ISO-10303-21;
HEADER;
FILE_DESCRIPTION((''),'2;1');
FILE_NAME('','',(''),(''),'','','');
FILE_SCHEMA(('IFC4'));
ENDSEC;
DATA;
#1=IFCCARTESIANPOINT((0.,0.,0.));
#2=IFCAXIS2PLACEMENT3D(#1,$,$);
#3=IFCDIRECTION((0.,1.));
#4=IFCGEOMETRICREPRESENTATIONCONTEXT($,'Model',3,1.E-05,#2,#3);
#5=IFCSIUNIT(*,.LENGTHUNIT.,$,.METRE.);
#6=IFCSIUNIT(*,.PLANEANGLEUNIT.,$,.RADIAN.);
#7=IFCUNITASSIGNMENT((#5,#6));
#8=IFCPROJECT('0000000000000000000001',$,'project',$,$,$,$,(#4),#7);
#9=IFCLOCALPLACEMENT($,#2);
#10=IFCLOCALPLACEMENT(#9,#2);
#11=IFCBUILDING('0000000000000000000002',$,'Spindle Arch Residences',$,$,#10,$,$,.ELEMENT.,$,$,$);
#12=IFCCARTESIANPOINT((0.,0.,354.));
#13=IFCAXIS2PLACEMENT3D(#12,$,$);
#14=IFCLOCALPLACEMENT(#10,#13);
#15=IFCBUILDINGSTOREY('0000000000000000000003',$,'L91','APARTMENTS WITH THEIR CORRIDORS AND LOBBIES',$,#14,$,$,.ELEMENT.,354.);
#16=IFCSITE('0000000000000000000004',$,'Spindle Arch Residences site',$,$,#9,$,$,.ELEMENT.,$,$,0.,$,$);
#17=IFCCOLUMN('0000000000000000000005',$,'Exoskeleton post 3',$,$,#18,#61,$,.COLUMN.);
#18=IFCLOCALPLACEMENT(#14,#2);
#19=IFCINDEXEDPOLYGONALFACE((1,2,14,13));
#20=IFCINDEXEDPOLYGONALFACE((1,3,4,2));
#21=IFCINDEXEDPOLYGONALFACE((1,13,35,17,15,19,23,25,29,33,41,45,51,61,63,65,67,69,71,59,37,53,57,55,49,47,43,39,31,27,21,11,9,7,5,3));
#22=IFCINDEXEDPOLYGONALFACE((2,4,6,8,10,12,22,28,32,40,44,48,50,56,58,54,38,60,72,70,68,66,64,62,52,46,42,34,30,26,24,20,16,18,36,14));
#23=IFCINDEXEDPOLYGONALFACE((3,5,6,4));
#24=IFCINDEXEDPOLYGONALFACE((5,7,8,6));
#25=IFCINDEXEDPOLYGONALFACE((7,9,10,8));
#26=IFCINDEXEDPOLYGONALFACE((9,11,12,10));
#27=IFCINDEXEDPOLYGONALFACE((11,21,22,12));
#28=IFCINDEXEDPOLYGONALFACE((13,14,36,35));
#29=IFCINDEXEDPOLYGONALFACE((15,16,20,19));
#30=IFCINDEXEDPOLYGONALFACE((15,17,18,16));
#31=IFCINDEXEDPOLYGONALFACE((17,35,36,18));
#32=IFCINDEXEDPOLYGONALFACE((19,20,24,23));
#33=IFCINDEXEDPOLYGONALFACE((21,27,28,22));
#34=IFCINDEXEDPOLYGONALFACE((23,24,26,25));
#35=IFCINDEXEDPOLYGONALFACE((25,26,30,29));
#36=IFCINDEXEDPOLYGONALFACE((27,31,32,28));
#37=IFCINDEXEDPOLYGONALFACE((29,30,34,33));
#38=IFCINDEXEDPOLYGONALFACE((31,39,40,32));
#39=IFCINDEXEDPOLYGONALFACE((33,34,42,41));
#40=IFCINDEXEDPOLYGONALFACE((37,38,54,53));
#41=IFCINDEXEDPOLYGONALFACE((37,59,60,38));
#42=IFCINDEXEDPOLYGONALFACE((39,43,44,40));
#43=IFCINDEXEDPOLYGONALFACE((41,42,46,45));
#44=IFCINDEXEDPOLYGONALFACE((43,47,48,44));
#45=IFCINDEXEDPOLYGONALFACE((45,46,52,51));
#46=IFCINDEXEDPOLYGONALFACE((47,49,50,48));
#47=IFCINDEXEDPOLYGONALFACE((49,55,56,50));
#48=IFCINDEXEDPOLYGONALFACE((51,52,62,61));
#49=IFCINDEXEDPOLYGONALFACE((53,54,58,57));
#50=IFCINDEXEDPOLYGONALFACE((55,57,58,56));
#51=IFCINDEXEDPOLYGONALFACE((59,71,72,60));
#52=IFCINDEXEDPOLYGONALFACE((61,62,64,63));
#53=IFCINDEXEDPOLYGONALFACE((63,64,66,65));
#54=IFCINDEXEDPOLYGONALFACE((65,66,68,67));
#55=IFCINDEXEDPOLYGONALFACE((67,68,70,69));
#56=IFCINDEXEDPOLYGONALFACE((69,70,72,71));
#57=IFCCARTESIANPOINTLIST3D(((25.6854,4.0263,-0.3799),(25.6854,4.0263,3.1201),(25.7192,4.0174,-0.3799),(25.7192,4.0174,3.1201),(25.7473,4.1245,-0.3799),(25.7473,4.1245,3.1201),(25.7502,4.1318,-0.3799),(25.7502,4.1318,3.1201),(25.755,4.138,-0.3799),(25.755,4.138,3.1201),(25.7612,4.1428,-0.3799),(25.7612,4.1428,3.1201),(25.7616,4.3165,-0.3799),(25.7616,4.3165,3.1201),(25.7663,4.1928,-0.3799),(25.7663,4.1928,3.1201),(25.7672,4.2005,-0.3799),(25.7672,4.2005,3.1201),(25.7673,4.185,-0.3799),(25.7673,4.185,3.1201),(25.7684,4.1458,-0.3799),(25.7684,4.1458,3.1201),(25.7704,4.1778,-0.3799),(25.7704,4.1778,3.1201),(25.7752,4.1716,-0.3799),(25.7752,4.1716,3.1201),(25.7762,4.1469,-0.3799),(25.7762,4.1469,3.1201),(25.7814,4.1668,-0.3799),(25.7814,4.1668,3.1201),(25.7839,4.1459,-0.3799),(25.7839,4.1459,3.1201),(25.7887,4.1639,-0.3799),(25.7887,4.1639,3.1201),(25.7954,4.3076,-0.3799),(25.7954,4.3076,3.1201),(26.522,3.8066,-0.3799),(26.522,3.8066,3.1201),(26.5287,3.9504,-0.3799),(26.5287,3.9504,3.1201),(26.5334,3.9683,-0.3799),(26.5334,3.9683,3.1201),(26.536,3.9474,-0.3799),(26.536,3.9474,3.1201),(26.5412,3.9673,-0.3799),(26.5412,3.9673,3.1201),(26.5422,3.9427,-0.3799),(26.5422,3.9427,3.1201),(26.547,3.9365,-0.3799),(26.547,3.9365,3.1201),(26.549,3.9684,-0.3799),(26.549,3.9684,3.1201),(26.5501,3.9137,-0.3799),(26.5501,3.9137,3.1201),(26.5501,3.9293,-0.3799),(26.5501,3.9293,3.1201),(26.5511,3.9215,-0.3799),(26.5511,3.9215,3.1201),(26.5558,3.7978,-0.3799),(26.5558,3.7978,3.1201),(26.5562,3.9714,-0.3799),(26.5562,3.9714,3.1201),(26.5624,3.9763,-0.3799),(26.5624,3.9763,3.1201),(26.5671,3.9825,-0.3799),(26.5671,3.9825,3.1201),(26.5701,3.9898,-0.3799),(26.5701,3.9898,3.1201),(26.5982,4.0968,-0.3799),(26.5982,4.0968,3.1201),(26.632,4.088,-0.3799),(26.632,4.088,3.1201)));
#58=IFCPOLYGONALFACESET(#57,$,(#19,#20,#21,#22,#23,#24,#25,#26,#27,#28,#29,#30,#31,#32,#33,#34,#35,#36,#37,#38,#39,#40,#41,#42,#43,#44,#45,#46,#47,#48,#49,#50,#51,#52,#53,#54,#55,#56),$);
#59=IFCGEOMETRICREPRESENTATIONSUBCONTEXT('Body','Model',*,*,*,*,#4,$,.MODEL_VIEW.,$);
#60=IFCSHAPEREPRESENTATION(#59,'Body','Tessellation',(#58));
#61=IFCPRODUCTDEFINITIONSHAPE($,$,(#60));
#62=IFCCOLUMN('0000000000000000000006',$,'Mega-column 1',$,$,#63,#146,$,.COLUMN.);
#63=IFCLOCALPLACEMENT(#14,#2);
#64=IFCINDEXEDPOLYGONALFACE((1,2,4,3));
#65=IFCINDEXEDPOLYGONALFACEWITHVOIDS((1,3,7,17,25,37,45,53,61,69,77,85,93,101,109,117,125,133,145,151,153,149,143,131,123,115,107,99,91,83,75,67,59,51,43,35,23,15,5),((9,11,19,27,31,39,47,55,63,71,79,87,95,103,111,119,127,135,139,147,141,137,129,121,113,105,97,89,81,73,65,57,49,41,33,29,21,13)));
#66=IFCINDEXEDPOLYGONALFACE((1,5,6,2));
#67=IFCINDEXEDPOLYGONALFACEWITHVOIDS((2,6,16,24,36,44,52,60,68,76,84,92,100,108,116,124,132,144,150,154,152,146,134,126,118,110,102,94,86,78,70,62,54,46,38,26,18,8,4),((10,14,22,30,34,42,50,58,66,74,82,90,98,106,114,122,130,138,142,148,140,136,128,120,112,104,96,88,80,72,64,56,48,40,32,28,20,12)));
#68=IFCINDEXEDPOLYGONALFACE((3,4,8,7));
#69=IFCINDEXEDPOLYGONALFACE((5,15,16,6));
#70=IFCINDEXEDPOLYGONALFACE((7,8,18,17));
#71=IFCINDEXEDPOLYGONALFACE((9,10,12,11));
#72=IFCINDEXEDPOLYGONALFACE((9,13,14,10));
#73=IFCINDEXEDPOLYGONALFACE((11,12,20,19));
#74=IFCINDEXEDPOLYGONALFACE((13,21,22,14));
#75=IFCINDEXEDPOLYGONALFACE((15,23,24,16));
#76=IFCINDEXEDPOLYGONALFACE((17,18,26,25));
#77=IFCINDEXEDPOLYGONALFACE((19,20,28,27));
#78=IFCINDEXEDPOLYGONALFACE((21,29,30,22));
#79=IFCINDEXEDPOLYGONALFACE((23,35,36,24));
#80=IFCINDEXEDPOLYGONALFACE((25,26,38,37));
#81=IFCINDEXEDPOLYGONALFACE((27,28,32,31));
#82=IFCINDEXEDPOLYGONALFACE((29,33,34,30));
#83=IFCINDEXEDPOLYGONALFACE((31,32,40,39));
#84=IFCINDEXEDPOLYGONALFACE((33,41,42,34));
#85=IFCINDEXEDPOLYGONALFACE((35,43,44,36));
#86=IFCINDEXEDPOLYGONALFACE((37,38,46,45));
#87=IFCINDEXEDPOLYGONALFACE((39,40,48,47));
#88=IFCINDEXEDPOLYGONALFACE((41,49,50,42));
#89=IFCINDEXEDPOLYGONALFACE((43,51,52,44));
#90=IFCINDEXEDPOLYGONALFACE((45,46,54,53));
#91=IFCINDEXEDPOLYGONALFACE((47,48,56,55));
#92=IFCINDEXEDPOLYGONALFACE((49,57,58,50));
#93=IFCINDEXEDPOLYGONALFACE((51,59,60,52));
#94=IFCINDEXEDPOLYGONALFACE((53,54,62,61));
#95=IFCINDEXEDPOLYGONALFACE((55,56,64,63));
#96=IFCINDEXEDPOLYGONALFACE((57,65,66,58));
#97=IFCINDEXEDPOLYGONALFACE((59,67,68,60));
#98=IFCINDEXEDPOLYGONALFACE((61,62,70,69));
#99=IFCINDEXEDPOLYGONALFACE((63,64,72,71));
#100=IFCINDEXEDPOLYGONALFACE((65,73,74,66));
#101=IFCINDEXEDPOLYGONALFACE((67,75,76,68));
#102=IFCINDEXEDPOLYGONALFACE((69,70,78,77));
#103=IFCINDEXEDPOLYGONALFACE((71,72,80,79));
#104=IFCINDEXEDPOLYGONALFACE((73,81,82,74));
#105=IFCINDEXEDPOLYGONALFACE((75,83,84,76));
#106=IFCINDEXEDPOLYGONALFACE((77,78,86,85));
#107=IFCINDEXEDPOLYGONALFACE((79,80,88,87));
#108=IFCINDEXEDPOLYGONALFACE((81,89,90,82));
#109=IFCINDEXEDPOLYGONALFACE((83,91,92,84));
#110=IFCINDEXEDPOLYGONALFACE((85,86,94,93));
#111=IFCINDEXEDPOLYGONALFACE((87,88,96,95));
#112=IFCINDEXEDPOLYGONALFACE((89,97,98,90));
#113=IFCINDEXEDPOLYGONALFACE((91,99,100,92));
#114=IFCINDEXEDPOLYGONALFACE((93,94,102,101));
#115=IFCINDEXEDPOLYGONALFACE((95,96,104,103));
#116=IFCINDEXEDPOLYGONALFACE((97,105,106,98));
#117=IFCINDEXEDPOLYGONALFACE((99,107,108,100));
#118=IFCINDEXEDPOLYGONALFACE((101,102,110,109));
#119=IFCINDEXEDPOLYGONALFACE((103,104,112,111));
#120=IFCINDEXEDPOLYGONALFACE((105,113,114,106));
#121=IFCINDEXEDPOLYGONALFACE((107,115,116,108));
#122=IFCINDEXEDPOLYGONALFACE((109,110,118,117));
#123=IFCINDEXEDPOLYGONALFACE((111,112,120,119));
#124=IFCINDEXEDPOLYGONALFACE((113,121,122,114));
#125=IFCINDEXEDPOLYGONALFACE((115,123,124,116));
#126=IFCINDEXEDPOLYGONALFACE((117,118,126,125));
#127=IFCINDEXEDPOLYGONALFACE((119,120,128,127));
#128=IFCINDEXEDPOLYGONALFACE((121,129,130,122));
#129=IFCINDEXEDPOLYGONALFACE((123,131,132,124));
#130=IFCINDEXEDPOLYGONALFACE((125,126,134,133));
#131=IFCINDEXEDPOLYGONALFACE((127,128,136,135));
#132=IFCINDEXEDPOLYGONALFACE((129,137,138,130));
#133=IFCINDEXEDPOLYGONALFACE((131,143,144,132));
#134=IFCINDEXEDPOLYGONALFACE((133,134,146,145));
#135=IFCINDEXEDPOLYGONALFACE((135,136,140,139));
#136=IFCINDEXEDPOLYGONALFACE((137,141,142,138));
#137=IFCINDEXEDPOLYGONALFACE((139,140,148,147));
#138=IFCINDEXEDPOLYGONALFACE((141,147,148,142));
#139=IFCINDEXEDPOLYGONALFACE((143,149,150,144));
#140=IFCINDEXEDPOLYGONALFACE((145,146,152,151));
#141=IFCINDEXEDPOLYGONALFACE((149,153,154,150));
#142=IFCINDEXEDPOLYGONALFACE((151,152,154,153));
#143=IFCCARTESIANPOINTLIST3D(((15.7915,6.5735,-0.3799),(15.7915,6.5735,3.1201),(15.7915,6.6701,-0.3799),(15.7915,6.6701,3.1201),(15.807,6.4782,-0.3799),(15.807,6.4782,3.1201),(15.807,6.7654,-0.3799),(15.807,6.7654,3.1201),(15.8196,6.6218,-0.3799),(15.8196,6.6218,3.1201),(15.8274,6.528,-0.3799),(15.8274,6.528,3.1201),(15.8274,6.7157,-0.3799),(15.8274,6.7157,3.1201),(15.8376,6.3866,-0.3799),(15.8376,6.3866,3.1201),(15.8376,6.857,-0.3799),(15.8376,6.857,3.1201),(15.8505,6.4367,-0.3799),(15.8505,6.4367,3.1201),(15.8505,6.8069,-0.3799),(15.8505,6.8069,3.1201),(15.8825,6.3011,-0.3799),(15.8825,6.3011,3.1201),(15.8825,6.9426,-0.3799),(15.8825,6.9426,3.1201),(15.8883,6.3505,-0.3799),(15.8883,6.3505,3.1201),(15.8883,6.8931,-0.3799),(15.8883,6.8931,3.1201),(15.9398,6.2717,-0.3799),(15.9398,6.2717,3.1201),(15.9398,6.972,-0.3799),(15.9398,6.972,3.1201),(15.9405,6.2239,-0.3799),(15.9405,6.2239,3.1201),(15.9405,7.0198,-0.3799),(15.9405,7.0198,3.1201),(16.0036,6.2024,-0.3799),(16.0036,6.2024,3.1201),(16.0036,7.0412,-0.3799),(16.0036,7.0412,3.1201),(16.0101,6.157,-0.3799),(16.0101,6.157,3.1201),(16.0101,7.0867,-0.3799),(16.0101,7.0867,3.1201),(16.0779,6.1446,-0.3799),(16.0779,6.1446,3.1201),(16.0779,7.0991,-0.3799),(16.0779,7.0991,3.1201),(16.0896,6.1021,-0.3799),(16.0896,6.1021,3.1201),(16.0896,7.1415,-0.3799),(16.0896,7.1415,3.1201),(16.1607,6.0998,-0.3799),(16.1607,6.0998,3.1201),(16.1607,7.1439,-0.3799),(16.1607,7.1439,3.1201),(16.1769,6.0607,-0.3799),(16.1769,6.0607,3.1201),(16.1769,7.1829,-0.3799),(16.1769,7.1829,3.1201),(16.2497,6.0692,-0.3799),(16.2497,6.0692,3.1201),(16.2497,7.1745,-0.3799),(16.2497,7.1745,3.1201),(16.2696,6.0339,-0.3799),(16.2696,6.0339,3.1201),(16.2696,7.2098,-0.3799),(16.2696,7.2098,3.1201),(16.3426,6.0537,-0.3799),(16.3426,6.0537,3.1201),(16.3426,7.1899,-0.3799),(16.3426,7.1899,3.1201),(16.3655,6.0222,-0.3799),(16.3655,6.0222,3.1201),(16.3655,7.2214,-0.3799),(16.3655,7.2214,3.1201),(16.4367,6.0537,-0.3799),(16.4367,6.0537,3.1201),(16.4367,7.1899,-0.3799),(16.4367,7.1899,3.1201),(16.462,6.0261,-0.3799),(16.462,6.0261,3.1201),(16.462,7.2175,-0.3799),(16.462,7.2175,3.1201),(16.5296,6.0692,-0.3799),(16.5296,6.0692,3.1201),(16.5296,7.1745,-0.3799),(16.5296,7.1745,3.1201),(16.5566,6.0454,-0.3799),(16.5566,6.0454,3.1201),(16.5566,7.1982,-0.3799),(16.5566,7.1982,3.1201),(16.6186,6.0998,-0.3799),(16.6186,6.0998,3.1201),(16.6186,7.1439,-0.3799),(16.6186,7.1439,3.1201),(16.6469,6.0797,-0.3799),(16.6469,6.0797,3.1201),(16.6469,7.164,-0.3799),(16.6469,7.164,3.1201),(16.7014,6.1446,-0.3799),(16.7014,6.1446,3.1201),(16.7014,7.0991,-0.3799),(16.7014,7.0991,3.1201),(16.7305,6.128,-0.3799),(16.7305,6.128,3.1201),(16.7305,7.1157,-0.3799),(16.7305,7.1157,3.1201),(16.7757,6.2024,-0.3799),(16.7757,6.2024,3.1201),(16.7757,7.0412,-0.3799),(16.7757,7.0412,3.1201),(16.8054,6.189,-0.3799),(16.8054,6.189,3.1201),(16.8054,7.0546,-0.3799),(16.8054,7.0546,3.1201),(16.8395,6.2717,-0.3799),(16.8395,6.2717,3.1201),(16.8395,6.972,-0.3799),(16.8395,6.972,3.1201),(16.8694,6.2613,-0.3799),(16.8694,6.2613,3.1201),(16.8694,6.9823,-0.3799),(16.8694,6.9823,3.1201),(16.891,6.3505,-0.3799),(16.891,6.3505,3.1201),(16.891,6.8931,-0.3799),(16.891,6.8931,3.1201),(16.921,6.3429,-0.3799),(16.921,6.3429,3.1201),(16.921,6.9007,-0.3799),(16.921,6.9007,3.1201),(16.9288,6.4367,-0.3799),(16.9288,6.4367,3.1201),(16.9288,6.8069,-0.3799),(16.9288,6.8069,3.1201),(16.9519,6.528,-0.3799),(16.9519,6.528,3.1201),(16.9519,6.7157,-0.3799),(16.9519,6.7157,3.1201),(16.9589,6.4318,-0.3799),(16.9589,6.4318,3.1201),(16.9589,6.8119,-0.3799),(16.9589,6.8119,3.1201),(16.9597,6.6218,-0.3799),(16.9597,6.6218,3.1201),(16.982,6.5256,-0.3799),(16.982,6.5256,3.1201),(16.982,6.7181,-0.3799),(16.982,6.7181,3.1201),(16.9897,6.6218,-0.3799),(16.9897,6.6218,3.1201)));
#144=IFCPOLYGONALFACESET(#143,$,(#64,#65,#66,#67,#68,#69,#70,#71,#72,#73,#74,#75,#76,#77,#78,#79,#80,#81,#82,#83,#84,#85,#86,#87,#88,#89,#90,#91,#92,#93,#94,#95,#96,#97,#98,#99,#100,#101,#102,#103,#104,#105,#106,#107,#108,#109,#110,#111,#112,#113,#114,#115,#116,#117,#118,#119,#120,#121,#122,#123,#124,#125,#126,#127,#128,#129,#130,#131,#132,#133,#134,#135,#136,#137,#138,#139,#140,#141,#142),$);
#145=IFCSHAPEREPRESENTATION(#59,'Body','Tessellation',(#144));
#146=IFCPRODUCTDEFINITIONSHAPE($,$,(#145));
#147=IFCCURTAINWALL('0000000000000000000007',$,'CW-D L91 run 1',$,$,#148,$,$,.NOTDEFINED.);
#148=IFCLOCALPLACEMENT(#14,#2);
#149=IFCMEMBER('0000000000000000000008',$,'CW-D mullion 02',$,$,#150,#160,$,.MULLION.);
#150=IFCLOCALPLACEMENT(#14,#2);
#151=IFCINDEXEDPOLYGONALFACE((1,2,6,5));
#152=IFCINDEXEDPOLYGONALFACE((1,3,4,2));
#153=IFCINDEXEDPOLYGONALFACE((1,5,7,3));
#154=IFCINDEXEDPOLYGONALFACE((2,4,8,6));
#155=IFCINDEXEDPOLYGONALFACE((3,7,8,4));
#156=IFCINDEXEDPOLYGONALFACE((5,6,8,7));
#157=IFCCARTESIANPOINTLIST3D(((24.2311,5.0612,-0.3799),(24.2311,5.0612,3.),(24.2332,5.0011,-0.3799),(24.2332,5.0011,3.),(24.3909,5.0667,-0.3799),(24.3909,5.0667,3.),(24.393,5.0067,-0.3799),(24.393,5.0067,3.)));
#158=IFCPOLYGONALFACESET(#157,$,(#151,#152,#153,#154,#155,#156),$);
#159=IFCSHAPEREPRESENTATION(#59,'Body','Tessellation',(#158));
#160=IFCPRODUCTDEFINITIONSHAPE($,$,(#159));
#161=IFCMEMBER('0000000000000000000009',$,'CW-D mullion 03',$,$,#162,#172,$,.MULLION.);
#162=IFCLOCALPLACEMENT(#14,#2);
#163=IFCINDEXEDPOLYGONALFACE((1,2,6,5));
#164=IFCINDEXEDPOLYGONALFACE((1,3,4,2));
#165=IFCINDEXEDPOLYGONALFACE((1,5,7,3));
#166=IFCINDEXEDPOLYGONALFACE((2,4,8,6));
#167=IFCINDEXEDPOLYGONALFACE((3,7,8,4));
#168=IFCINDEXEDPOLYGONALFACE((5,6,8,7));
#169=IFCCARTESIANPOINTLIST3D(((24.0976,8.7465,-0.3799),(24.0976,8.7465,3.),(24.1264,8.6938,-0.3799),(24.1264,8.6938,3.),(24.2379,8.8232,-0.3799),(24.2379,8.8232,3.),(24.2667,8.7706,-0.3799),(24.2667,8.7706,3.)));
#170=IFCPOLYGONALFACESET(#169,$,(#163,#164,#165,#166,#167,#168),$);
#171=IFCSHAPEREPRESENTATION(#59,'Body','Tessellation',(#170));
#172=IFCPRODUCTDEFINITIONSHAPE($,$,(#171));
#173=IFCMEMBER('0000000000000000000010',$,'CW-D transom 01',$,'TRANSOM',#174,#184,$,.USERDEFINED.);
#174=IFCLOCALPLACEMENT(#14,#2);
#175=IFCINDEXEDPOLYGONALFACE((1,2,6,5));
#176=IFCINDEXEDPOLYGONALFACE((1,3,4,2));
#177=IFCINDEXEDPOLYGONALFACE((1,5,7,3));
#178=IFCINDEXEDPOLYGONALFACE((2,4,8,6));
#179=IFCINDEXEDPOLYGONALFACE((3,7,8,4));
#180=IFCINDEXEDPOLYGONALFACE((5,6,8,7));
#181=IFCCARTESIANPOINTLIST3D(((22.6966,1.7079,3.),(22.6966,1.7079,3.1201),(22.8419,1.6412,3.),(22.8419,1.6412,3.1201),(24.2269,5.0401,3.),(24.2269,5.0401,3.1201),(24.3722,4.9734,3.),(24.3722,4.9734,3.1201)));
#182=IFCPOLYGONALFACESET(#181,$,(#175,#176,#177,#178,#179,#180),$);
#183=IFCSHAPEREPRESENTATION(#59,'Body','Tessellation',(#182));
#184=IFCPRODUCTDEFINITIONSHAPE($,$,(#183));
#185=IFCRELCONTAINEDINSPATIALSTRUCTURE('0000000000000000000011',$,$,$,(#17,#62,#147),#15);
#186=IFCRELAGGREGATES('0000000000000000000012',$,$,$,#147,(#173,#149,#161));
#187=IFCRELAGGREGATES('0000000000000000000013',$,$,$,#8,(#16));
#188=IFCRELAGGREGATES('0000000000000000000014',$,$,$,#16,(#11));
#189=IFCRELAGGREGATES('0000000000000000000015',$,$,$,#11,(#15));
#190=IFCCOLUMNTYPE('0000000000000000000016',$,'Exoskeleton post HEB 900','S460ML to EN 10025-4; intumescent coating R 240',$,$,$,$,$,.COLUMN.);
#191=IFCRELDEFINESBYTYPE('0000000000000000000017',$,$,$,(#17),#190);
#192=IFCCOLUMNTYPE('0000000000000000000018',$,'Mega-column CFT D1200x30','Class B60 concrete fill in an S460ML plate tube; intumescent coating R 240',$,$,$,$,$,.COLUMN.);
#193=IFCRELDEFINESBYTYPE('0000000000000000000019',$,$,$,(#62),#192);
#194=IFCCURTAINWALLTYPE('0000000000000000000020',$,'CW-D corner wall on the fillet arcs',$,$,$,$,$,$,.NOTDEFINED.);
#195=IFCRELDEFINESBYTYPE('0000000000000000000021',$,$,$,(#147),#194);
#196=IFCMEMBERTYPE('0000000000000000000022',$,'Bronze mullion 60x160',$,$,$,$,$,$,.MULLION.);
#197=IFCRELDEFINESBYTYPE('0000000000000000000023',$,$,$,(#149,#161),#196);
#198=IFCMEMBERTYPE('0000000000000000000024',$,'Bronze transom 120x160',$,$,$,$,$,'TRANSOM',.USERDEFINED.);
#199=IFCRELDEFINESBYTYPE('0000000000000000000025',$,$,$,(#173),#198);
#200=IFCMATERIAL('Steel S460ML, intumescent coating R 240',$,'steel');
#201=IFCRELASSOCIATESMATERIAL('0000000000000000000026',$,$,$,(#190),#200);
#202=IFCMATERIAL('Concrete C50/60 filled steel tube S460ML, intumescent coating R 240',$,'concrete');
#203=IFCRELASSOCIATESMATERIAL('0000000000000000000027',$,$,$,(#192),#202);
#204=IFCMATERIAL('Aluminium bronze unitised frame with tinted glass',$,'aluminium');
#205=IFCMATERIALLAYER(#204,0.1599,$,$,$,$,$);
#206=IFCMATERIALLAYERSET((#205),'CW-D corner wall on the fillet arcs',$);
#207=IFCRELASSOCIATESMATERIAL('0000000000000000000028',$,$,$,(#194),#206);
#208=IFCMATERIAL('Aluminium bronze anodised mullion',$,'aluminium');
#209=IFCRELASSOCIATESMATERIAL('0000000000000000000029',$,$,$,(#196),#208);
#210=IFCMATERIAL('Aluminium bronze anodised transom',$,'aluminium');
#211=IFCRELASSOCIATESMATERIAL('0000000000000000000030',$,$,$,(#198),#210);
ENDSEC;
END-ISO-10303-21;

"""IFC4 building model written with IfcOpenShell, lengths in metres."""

from ifc_helpers import new_model, si_unit, direction, frame, origin, origin_2d, place, context, subcontext, project, spatial, rectangle, hollow_circle, i_section, extrude, material, layer, layer_set, material_profile, profile_set, type_object, element, aggregate, save


model = new_model("IFC4")

# Units and contexts
model_context = context("Model", 3, precision=1e-05, world=origin(), true_north=direction((0.0, 1.0)))
body_context = subcontext(model_context, "Body", "Model", "MODEL_VIEW")
ifc_project = project(units=[si_unit("LENGTHUNIT", "METRE"), si_unit("PLANEANGLEUNIT", "RADIAN")], contexts=[model_context])

# Site, building, storey
site_placement = place(None, origin())
site = spatial("IfcSite", under=ifc_project, at=site_placement, Name="Spindle Arch Residences site", CompositionType="ELEMENT", RefElevation=0.0)
building_placement = place(site_placement, origin())
building = spatial("IfcBuilding", under=site, at=building_placement, Name="Spindle Arch Residences", CompositionType="ELEMENT")
storey_placement = place(building_placement, frame((0.0, 0.0, 354.0)))
storey = spatial("IfcBuildingStorey", under=building, at=storey_placement, Name="L91", Description="APARTMENTS WITH THEIR CORRIDORS AND LOBBIES", CompositionType="ELEMENT", Elevation=354.0)

# Columns
ifc_material_1 = material(Name="Steel S460ML, intumescent coating R 240", Category="steel")
ifc_material_profile_1 = material_profile(ifc_material_1, i_section(OverallWidth=0.3, OverallDepth=0.8999, WebThickness=0.0186, FlangeThickness=0.0349, FilletRadius=0.03, at=origin_2d()), Name="HEB 900")
ifc_profile_set_1 = profile_set([ifc_material_profile_1], Name="Steel S460ML, intumescent coating R 240")
column_type_1 = type_object("IfcColumnType", Name="Exoskeleton post HEB 900", Description="S460ML to EN 10025-4; intumescent coating R 240", PredefinedType="COLUMN", material=ifc_profile_set_1)
column_1_placement = place(storey_placement, frame((26.1587, 4.0571, -0.3799), z_axis=(0.0, 0.0, 1.0), x_axis=(-0.253941, -0.96722, 0.0)))
element("IfcColumn", 1, at=column_1_placement, inside=storey, type_object=column_type_1, Name="Exoskeleton post 3", PredefinedType="COLUMN", context=body_context, shape_type="SweptSolid", body=[
    extrude(i_section(OverallWidth=0.3, OverallDepth=0.8999, WebThickness=0.0186, FlangeThickness=0.0349, FilletRadius=0.03, at=origin_2d()), origin(), (0.0, 0.0, 1.0), 3.5),
])
ifc_material_2 = material(Name="Concrete C50/60 filled steel tube S460ML, intumescent coating R 240", Category="concrete")
ifc_material_profile_2 = material_profile(ifc_material_2, hollow_circle(Radius=0.6001, WallThickness=0.03, at=origin_2d()), Name="CFT D1200x30")
ifc_profile_set_2 = profile_set([ifc_material_profile_2], Name="Concrete C50/60 filled steel tube S460ML, intumescent coating R 240")
column_type_2 = type_object("IfcColumnType", Name="Mega-column CFT D1200x30", Description="Class B60 concrete fill in an S460ML plate tube; intumescent coating R 240", PredefinedType="COLUMN", material=ifc_profile_set_2)
column_2_placement = place(storey_placement, frame((16.3896, 6.6218, -0.3799), z_axis=(0.0, 0.0, 1.0), x_axis=(1.0, 0.0, 0.0)))
element("IfcColumn", 2, at=column_2_placement, inside=storey, type_object=column_type_2, Name="Mega-column 1", PredefinedType="COLUMN", context=body_context, shape_type="SweptSolid", body=[
    extrude(hollow_circle(Radius=0.6001, WallThickness=0.03, at=origin_2d()), origin(), (0.0, 0.0, 1.0), 3.5),
])

# Curtain wall, members
ifc_material_3 = material(Name="Aluminium bronze unitised frame with tinted glass", Category="aluminium")
ifc_layer_1 = layer(ifc_material_3, 0.1599)
ifc_layer_set_1 = layer_set([ifc_layer_1], Name="CW-D corner wall on the fillet arcs")
curtain_wall_type = type_object("IfcCurtainWallType", Name="CW-D corner wall on the fillet arcs", PredefinedType="NOTDEFINED", material=ifc_layer_set_1)
curtain_wall_placement = place(storey_placement, origin())
curtain_wall = element("IfcCurtainWall", 3, at=curtain_wall_placement, inside=storey, type_object=curtain_wall_type, Name="CW-D L91 run 1", PredefinedType="NOTDEFINED")
ifc_material_4 = material(Name="Aluminium bronze anodised mullion", Category="aluminium")
ifc_material_profile_3 = material_profile(ifc_material_4, rectangle(XDim=0.1599, YDim=0.0601, at=origin_2d()), Name="MU 60x160")
ifc_profile_set_3 = profile_set([ifc_material_profile_3], Name="Aluminium bronze anodised mullion")
member_type_1 = type_object("IfcMemberType", Name="Bronze mullion 60x160", PredefinedType="MULLION", material=ifc_profile_set_3)
member_1_placement = place(storey_placement, frame((24.312, 5.0339, -0.3799), z_axis=(0.0, 0.0, 1.0), x_axis=(-0.999391, -0.034899, 0.0)))
member_1 = element("IfcMember", 4, at=member_1_placement, type_object=member_type_1, Name="CW-D mullion 02", PredefinedType="MULLION", context=body_context, shape_type="SweptSolid", body=[
    extrude(rectangle(XDim=0.1599, YDim=0.0601, at=origin_2d()), origin(), (0.0, 0.0, 1.0), 3.3799),
])
member_2_placement = place(storey_placement, frame((24.1821, 8.7585, -0.3799), z_axis=(0.0, 0.0, 1.0), x_axis=(-0.877425, -0.479713, 0.0)))
member_2 = element("IfcMember", 5, at=member_2_placement, type_object=member_type_1, Name="CW-D mullion 03", PredefinedType="MULLION", context=body_context, shape_type="SweptSolid", body=[
    extrude(rectangle(XDim=0.1599, YDim=0.0601, at=origin_2d()), origin(), (0.0, 0.0, 1.0), 3.3799),
])
ifc_material_5 = material(Name="Aluminium bronze anodised transom", Category="aluminium")
ifc_material_profile_4 = material_profile(ifc_material_5, rectangle(XDim=0.1599, YDim=0.1201, at=origin_2d()), Name="TR 120x160")
ifc_profile_set_4 = profile_set([ifc_material_profile_4], Name="Aluminium bronze anodised transom")
member_type_2 = type_object("IfcMemberType", Name="Bronze transom 120x160", ElementType="TRANSOM", PredefinedType="USERDEFINED", material=ifc_profile_set_4)
member_3_placement = place(storey_placement, frame((22.7693, 1.6746, 3.0601), z_axis=(0.417326, 0.908757, 0.0), x_axis=(-0.908757, 0.417326, 0.0)))
member_3 = element("IfcMember", 6, at=member_3_placement, type_object=member_type_2, Name="CW-D transom 01", ObjectType="TRANSOM", PredefinedType="USERDEFINED", context=body_context, shape_type="SweptSolid", body=[
    extrude(rectangle(XDim=0.1599, YDim=0.1201, at=origin_2d()), origin(), (0.0, 0.0, 1.0), 3.6667),
])

aggregate(curtain_wall, [member_3, member_1, member_2])

save(model, "model.ifc")
